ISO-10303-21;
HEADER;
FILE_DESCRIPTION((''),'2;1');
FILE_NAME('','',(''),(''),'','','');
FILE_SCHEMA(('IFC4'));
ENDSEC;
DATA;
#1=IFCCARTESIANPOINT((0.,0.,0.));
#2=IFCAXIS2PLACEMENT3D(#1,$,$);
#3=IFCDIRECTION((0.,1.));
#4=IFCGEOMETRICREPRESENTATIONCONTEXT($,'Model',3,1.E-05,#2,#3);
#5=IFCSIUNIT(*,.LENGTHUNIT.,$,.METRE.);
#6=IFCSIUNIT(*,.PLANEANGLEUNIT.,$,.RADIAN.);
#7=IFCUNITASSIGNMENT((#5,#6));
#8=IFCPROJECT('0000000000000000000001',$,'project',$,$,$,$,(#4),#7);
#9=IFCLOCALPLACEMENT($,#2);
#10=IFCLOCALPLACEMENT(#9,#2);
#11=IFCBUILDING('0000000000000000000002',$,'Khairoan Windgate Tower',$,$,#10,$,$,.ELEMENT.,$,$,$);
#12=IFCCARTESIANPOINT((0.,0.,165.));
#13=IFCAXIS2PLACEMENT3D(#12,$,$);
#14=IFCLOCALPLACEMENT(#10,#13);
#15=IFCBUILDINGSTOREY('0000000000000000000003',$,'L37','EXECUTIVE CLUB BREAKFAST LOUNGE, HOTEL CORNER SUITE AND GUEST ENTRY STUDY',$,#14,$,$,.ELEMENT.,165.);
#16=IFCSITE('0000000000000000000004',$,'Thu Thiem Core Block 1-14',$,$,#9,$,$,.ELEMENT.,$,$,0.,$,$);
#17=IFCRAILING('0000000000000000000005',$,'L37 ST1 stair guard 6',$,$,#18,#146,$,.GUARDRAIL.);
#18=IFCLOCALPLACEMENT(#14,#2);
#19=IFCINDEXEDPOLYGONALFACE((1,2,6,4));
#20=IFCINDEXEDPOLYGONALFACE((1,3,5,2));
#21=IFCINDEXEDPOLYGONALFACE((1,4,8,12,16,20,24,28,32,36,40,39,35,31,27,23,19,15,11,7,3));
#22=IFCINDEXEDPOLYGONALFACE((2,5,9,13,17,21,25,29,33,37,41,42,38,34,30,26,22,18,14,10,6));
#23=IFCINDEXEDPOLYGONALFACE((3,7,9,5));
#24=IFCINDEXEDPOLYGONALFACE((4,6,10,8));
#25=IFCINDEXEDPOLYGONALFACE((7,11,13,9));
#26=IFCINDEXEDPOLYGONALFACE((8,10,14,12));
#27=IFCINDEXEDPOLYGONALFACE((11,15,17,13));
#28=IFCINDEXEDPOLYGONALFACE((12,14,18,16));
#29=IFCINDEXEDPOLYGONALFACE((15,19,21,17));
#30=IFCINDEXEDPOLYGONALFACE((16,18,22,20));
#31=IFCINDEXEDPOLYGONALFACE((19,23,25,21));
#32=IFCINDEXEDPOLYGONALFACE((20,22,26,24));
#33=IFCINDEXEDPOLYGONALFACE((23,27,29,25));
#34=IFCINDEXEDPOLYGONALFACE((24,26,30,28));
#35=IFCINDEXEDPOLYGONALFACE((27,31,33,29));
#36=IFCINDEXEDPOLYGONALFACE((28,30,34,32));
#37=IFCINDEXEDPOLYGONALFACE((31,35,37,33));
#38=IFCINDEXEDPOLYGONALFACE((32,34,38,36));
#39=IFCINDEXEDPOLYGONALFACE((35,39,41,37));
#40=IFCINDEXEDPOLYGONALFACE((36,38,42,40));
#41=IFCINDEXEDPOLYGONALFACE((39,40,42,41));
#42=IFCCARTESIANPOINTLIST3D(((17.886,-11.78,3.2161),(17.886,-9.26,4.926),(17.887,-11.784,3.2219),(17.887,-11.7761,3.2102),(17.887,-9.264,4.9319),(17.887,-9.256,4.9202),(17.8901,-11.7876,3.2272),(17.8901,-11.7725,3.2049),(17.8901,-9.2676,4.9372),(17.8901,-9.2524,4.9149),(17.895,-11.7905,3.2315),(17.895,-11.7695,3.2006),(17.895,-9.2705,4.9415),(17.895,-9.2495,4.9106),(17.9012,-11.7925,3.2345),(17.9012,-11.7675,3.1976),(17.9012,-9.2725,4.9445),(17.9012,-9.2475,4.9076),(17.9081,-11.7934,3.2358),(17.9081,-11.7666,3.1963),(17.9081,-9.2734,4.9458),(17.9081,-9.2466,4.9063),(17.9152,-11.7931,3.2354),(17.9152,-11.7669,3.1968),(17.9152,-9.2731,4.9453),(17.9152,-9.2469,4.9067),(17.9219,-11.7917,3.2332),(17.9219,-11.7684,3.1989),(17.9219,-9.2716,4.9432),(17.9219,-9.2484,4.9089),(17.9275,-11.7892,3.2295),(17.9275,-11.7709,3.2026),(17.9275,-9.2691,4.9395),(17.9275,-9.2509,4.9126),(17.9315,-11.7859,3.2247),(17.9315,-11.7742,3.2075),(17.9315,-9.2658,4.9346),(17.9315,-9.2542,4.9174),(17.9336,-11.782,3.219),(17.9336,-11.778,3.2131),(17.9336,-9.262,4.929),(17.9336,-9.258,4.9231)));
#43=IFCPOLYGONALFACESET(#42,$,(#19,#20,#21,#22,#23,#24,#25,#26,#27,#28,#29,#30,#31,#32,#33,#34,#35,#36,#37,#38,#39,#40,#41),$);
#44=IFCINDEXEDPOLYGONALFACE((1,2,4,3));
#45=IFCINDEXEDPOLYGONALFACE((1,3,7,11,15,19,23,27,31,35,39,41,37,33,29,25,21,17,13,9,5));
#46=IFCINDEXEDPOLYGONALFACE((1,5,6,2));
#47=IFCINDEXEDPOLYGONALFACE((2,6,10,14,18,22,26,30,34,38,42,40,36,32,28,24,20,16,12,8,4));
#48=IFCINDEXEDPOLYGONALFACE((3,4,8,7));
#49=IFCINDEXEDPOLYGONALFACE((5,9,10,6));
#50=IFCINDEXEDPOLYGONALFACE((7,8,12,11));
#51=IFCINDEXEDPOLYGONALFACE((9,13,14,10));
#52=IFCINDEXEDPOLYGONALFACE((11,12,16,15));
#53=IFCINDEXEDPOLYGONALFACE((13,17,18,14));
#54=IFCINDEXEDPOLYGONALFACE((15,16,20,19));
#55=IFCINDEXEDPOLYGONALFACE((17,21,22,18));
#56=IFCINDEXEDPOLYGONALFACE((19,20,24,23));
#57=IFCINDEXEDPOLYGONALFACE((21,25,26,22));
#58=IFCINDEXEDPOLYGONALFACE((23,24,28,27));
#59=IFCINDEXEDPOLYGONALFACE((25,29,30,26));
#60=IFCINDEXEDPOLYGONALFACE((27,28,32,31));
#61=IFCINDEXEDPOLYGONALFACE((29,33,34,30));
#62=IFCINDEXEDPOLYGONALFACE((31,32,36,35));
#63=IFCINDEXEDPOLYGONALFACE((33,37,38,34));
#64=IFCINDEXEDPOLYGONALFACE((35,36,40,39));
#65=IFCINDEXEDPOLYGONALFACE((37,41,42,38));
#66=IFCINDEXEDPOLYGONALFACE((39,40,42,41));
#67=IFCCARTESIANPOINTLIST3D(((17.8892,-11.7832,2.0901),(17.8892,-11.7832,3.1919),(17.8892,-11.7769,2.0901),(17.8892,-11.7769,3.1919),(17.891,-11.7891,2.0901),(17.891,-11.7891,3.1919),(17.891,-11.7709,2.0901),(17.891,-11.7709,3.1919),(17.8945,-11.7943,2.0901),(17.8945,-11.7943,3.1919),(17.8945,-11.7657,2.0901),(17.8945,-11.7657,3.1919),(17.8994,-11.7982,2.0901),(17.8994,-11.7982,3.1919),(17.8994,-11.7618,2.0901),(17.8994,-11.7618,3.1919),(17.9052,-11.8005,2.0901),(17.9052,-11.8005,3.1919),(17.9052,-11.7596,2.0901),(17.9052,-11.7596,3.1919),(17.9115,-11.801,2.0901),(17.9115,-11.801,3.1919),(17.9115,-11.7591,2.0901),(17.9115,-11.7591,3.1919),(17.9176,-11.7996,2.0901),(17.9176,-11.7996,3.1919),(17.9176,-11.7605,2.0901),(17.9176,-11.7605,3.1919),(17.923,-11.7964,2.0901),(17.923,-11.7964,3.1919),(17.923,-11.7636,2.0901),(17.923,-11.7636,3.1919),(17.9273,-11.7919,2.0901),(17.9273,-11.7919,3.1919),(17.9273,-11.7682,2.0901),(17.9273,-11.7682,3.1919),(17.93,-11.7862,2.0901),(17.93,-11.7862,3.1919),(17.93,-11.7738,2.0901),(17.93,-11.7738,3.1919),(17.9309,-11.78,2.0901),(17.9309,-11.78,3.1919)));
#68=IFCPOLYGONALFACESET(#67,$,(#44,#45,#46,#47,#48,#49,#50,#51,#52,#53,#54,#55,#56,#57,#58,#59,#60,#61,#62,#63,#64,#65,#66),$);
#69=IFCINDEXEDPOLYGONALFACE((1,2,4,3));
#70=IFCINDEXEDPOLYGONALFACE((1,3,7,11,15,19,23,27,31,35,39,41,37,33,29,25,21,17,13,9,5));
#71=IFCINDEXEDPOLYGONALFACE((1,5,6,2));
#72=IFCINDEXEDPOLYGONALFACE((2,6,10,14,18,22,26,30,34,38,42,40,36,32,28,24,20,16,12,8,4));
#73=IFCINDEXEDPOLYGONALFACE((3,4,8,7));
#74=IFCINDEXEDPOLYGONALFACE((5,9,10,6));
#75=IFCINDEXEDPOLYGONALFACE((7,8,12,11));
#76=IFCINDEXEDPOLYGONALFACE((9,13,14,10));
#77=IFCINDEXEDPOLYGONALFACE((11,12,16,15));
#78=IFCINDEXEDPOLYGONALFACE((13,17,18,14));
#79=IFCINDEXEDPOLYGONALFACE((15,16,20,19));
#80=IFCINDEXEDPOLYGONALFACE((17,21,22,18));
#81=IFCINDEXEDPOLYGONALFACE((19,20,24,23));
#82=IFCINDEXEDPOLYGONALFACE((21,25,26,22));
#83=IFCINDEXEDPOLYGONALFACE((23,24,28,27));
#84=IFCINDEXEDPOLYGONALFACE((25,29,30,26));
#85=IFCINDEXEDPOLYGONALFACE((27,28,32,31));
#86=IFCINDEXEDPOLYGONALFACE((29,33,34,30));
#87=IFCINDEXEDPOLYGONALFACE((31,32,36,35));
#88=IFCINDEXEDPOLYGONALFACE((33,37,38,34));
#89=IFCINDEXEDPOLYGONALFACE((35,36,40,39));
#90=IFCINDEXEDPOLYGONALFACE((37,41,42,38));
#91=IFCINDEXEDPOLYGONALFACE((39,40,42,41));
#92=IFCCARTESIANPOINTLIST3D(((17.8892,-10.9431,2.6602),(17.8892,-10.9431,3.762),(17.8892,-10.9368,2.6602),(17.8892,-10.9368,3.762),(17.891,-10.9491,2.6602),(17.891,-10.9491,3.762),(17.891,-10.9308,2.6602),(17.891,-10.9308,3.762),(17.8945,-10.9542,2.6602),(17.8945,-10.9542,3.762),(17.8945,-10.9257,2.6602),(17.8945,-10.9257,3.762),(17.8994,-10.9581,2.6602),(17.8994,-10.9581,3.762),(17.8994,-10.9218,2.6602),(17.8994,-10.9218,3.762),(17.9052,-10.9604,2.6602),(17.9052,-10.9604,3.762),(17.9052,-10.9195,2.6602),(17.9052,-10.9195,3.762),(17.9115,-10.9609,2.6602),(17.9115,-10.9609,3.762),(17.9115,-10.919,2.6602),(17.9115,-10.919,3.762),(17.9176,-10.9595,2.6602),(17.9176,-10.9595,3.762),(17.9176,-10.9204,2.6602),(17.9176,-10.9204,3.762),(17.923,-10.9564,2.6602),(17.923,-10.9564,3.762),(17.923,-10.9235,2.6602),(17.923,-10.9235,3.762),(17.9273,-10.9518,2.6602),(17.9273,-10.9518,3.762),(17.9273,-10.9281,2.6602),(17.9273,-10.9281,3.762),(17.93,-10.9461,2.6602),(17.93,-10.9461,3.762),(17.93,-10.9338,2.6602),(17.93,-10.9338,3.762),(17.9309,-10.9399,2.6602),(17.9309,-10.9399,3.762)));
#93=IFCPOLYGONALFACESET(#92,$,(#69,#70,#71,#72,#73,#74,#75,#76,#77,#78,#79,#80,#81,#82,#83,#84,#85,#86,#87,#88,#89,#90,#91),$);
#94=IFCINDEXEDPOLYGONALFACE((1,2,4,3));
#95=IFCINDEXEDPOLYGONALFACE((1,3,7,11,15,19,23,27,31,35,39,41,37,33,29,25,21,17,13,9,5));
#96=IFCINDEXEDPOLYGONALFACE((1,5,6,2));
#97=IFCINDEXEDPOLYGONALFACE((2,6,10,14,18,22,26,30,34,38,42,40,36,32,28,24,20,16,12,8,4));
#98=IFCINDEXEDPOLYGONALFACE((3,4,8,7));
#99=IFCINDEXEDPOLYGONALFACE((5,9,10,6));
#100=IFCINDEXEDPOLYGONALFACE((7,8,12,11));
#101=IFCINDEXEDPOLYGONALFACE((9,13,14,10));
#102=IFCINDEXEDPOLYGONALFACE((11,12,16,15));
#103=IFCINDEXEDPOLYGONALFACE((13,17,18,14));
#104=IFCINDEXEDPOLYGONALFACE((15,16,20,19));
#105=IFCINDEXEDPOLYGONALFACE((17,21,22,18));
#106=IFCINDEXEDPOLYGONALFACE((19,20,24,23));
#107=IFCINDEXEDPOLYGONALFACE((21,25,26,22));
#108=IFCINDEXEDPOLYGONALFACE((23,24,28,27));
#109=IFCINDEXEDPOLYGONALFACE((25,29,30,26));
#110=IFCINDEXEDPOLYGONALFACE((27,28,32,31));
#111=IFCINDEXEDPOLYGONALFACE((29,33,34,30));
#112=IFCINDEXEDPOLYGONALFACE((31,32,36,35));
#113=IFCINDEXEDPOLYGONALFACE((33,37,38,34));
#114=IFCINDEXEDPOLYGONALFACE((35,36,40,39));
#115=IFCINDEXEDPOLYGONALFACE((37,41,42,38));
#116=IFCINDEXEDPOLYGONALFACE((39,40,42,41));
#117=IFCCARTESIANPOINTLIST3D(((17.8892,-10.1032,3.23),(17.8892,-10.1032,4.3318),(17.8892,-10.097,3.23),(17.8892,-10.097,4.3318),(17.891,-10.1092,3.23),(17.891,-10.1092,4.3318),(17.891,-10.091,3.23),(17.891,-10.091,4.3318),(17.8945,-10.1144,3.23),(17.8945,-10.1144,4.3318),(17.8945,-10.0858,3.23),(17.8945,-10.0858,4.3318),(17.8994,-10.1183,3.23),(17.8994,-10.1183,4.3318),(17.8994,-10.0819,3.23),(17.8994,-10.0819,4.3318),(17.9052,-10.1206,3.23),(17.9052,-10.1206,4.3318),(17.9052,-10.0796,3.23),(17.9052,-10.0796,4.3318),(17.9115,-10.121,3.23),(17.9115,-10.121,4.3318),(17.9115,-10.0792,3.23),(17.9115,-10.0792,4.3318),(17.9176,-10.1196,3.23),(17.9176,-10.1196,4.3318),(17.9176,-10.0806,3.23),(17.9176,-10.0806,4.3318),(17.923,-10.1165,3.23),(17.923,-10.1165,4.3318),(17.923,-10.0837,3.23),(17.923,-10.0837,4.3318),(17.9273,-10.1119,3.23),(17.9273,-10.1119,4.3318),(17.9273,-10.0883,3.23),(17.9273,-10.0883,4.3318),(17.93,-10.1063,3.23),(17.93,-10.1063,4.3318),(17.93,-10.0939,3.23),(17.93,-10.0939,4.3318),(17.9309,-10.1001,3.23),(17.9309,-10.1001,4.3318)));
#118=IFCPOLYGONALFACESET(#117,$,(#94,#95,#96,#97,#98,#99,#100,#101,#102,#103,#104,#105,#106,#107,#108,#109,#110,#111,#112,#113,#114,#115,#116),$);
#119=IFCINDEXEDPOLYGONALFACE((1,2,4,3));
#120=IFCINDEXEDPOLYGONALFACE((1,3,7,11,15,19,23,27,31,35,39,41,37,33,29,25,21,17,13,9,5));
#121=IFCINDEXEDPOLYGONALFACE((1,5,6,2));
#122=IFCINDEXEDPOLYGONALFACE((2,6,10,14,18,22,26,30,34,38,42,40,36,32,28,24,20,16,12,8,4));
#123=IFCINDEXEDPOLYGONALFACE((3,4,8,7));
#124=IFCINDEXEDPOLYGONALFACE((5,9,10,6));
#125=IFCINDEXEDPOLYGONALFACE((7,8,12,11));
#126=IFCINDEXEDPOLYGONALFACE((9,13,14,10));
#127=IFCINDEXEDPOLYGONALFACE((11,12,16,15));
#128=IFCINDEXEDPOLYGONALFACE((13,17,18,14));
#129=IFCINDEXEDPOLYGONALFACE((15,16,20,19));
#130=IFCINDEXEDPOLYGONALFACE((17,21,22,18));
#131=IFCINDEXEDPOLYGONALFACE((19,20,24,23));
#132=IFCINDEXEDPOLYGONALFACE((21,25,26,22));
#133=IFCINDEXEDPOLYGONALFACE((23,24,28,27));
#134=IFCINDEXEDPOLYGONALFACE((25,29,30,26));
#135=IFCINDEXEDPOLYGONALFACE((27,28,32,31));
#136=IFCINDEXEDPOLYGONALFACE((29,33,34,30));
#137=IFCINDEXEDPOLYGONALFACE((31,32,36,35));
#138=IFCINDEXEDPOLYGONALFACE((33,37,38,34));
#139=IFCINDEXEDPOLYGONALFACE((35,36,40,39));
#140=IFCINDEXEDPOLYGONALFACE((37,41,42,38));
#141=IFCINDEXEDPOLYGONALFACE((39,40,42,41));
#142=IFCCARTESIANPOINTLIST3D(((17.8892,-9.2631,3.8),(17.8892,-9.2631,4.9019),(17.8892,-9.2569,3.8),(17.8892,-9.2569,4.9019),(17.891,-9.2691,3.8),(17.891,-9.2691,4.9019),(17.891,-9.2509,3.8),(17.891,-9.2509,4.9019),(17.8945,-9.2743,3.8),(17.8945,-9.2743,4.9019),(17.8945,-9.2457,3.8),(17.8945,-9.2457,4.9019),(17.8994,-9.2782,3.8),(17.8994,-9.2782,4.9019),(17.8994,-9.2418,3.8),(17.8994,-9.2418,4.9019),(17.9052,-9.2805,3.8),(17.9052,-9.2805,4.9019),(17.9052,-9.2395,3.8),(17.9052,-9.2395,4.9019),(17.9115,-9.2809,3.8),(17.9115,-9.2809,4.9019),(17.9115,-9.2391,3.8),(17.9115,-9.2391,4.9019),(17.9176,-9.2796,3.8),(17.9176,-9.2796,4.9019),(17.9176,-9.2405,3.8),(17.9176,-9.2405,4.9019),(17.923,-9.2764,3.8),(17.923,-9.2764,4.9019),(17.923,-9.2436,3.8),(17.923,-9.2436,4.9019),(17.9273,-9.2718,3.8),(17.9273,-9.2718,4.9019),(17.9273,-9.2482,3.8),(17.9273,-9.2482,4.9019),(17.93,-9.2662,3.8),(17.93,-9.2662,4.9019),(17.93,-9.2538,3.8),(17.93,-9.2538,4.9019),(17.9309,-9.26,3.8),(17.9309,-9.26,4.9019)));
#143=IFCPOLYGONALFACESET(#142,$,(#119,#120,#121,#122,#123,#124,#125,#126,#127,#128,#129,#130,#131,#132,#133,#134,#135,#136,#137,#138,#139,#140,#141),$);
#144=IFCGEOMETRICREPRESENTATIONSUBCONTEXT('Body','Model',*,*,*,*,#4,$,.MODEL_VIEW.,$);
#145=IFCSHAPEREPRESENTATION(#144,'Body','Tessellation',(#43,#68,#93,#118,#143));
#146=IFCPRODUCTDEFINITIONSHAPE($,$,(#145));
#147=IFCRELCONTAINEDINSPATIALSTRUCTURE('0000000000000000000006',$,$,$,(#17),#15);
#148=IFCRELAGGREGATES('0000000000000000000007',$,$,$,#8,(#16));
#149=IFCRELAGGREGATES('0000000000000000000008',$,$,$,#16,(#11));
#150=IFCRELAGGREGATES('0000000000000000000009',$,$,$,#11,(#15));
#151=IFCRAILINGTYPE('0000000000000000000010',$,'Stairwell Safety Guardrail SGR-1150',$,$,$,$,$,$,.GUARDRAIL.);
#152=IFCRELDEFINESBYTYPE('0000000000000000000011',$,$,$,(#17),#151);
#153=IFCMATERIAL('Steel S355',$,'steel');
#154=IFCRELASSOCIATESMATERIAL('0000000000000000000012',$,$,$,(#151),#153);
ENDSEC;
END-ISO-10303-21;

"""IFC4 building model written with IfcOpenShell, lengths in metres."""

from ifc_helpers import new_model, si_unit, direction, frame, origin, origin_2d, place, context, subcontext, project, spatial, circle, extrude, material, type_object, element, save


model = new_model("IFC4")

# Units and contexts
model_context = context("Model", 3, precision=1e-05, world=origin(), true_north=direction((0.0, 1.0)))
body_context = subcontext(model_context, "Body", "Model", "MODEL_VIEW")
ifc_project = project(units=[si_unit("LENGTHUNIT", "METRE"), si_unit("PLANEANGLEUNIT", "RADIAN")], contexts=[model_context])

# Site, building, storey
site_placement = place(None, origin())
site = spatial("IfcSite", under=ifc_project, at=site_placement, Name="Thu Thiem Core Block 1-14", CompositionType="ELEMENT", RefElevation=0.0)
building_placement = place(site_placement, origin())
building = spatial("IfcBuilding", under=site, at=building_placement, Name="Khairoan Windgate Tower", CompositionType="ELEMENT")
storey_placement = place(building_placement, frame((0.0, 0.0, 165.0)))
storey = spatial("IfcBuildingStorey", under=building, at=storey_placement, Name="L37", Description="EXECUTIVE CLUB BREAKFAST LOUNGE, HOTEL CORNER SUITE AND GUEST ENTRY STUDY", CompositionType="ELEMENT", Elevation=165.0)

# Railing
ifc_material_1 = material(Name="Steel S355", Category="steel")
railing_type = type_object("IfcRailingType", Name="Stairwell Safety Guardrail SGR-1150", PredefinedType="GUARDRAIL", material=ifc_material_1)
railing_1_placement = place(storey_placement, frame((17.9099, -11.78, 2.0901)))
element("IfcRailing", 1, at=railing_1_placement, inside=storey, type_object=railing_type, Name="L37 ST1 stair guard 6", PredefinedType="GUARDRAIL", context=body_context, shape_type="SweptSolid", body=[
    extrude(circle(Radius=0.0239, at=origin_2d()), frame((0.0, 0.0, 1.126), z_axis=(0.0, 0.827484, 0.56149), x_axis=(-1.0, 0.0, 0.0)), (0.0, 0.0, 1.0), 3.0454),
    extrude(circle(Radius=0.021, at=origin_2d()), origin(), (0.0, 0.0, 1.0), 1.1018),
    extrude(circle(Radius=0.021, at=origin_2d()), frame((0.0, 0.8401, 0.5701)), (0.0, 0.0, 1.0), 1.1018),
    extrude(circle(Radius=0.021, at=origin_2d()), frame((0.0, 1.6799, 1.1399)), (0.0, 0.0, 1.0), 1.1018),
    extrude(circle(Radius=0.021, at=origin_2d()), frame((0.0, 2.52, 1.71)), (0.0, 0.0, 1.0), 1.1018),
])

save(model, "model.ifc")
